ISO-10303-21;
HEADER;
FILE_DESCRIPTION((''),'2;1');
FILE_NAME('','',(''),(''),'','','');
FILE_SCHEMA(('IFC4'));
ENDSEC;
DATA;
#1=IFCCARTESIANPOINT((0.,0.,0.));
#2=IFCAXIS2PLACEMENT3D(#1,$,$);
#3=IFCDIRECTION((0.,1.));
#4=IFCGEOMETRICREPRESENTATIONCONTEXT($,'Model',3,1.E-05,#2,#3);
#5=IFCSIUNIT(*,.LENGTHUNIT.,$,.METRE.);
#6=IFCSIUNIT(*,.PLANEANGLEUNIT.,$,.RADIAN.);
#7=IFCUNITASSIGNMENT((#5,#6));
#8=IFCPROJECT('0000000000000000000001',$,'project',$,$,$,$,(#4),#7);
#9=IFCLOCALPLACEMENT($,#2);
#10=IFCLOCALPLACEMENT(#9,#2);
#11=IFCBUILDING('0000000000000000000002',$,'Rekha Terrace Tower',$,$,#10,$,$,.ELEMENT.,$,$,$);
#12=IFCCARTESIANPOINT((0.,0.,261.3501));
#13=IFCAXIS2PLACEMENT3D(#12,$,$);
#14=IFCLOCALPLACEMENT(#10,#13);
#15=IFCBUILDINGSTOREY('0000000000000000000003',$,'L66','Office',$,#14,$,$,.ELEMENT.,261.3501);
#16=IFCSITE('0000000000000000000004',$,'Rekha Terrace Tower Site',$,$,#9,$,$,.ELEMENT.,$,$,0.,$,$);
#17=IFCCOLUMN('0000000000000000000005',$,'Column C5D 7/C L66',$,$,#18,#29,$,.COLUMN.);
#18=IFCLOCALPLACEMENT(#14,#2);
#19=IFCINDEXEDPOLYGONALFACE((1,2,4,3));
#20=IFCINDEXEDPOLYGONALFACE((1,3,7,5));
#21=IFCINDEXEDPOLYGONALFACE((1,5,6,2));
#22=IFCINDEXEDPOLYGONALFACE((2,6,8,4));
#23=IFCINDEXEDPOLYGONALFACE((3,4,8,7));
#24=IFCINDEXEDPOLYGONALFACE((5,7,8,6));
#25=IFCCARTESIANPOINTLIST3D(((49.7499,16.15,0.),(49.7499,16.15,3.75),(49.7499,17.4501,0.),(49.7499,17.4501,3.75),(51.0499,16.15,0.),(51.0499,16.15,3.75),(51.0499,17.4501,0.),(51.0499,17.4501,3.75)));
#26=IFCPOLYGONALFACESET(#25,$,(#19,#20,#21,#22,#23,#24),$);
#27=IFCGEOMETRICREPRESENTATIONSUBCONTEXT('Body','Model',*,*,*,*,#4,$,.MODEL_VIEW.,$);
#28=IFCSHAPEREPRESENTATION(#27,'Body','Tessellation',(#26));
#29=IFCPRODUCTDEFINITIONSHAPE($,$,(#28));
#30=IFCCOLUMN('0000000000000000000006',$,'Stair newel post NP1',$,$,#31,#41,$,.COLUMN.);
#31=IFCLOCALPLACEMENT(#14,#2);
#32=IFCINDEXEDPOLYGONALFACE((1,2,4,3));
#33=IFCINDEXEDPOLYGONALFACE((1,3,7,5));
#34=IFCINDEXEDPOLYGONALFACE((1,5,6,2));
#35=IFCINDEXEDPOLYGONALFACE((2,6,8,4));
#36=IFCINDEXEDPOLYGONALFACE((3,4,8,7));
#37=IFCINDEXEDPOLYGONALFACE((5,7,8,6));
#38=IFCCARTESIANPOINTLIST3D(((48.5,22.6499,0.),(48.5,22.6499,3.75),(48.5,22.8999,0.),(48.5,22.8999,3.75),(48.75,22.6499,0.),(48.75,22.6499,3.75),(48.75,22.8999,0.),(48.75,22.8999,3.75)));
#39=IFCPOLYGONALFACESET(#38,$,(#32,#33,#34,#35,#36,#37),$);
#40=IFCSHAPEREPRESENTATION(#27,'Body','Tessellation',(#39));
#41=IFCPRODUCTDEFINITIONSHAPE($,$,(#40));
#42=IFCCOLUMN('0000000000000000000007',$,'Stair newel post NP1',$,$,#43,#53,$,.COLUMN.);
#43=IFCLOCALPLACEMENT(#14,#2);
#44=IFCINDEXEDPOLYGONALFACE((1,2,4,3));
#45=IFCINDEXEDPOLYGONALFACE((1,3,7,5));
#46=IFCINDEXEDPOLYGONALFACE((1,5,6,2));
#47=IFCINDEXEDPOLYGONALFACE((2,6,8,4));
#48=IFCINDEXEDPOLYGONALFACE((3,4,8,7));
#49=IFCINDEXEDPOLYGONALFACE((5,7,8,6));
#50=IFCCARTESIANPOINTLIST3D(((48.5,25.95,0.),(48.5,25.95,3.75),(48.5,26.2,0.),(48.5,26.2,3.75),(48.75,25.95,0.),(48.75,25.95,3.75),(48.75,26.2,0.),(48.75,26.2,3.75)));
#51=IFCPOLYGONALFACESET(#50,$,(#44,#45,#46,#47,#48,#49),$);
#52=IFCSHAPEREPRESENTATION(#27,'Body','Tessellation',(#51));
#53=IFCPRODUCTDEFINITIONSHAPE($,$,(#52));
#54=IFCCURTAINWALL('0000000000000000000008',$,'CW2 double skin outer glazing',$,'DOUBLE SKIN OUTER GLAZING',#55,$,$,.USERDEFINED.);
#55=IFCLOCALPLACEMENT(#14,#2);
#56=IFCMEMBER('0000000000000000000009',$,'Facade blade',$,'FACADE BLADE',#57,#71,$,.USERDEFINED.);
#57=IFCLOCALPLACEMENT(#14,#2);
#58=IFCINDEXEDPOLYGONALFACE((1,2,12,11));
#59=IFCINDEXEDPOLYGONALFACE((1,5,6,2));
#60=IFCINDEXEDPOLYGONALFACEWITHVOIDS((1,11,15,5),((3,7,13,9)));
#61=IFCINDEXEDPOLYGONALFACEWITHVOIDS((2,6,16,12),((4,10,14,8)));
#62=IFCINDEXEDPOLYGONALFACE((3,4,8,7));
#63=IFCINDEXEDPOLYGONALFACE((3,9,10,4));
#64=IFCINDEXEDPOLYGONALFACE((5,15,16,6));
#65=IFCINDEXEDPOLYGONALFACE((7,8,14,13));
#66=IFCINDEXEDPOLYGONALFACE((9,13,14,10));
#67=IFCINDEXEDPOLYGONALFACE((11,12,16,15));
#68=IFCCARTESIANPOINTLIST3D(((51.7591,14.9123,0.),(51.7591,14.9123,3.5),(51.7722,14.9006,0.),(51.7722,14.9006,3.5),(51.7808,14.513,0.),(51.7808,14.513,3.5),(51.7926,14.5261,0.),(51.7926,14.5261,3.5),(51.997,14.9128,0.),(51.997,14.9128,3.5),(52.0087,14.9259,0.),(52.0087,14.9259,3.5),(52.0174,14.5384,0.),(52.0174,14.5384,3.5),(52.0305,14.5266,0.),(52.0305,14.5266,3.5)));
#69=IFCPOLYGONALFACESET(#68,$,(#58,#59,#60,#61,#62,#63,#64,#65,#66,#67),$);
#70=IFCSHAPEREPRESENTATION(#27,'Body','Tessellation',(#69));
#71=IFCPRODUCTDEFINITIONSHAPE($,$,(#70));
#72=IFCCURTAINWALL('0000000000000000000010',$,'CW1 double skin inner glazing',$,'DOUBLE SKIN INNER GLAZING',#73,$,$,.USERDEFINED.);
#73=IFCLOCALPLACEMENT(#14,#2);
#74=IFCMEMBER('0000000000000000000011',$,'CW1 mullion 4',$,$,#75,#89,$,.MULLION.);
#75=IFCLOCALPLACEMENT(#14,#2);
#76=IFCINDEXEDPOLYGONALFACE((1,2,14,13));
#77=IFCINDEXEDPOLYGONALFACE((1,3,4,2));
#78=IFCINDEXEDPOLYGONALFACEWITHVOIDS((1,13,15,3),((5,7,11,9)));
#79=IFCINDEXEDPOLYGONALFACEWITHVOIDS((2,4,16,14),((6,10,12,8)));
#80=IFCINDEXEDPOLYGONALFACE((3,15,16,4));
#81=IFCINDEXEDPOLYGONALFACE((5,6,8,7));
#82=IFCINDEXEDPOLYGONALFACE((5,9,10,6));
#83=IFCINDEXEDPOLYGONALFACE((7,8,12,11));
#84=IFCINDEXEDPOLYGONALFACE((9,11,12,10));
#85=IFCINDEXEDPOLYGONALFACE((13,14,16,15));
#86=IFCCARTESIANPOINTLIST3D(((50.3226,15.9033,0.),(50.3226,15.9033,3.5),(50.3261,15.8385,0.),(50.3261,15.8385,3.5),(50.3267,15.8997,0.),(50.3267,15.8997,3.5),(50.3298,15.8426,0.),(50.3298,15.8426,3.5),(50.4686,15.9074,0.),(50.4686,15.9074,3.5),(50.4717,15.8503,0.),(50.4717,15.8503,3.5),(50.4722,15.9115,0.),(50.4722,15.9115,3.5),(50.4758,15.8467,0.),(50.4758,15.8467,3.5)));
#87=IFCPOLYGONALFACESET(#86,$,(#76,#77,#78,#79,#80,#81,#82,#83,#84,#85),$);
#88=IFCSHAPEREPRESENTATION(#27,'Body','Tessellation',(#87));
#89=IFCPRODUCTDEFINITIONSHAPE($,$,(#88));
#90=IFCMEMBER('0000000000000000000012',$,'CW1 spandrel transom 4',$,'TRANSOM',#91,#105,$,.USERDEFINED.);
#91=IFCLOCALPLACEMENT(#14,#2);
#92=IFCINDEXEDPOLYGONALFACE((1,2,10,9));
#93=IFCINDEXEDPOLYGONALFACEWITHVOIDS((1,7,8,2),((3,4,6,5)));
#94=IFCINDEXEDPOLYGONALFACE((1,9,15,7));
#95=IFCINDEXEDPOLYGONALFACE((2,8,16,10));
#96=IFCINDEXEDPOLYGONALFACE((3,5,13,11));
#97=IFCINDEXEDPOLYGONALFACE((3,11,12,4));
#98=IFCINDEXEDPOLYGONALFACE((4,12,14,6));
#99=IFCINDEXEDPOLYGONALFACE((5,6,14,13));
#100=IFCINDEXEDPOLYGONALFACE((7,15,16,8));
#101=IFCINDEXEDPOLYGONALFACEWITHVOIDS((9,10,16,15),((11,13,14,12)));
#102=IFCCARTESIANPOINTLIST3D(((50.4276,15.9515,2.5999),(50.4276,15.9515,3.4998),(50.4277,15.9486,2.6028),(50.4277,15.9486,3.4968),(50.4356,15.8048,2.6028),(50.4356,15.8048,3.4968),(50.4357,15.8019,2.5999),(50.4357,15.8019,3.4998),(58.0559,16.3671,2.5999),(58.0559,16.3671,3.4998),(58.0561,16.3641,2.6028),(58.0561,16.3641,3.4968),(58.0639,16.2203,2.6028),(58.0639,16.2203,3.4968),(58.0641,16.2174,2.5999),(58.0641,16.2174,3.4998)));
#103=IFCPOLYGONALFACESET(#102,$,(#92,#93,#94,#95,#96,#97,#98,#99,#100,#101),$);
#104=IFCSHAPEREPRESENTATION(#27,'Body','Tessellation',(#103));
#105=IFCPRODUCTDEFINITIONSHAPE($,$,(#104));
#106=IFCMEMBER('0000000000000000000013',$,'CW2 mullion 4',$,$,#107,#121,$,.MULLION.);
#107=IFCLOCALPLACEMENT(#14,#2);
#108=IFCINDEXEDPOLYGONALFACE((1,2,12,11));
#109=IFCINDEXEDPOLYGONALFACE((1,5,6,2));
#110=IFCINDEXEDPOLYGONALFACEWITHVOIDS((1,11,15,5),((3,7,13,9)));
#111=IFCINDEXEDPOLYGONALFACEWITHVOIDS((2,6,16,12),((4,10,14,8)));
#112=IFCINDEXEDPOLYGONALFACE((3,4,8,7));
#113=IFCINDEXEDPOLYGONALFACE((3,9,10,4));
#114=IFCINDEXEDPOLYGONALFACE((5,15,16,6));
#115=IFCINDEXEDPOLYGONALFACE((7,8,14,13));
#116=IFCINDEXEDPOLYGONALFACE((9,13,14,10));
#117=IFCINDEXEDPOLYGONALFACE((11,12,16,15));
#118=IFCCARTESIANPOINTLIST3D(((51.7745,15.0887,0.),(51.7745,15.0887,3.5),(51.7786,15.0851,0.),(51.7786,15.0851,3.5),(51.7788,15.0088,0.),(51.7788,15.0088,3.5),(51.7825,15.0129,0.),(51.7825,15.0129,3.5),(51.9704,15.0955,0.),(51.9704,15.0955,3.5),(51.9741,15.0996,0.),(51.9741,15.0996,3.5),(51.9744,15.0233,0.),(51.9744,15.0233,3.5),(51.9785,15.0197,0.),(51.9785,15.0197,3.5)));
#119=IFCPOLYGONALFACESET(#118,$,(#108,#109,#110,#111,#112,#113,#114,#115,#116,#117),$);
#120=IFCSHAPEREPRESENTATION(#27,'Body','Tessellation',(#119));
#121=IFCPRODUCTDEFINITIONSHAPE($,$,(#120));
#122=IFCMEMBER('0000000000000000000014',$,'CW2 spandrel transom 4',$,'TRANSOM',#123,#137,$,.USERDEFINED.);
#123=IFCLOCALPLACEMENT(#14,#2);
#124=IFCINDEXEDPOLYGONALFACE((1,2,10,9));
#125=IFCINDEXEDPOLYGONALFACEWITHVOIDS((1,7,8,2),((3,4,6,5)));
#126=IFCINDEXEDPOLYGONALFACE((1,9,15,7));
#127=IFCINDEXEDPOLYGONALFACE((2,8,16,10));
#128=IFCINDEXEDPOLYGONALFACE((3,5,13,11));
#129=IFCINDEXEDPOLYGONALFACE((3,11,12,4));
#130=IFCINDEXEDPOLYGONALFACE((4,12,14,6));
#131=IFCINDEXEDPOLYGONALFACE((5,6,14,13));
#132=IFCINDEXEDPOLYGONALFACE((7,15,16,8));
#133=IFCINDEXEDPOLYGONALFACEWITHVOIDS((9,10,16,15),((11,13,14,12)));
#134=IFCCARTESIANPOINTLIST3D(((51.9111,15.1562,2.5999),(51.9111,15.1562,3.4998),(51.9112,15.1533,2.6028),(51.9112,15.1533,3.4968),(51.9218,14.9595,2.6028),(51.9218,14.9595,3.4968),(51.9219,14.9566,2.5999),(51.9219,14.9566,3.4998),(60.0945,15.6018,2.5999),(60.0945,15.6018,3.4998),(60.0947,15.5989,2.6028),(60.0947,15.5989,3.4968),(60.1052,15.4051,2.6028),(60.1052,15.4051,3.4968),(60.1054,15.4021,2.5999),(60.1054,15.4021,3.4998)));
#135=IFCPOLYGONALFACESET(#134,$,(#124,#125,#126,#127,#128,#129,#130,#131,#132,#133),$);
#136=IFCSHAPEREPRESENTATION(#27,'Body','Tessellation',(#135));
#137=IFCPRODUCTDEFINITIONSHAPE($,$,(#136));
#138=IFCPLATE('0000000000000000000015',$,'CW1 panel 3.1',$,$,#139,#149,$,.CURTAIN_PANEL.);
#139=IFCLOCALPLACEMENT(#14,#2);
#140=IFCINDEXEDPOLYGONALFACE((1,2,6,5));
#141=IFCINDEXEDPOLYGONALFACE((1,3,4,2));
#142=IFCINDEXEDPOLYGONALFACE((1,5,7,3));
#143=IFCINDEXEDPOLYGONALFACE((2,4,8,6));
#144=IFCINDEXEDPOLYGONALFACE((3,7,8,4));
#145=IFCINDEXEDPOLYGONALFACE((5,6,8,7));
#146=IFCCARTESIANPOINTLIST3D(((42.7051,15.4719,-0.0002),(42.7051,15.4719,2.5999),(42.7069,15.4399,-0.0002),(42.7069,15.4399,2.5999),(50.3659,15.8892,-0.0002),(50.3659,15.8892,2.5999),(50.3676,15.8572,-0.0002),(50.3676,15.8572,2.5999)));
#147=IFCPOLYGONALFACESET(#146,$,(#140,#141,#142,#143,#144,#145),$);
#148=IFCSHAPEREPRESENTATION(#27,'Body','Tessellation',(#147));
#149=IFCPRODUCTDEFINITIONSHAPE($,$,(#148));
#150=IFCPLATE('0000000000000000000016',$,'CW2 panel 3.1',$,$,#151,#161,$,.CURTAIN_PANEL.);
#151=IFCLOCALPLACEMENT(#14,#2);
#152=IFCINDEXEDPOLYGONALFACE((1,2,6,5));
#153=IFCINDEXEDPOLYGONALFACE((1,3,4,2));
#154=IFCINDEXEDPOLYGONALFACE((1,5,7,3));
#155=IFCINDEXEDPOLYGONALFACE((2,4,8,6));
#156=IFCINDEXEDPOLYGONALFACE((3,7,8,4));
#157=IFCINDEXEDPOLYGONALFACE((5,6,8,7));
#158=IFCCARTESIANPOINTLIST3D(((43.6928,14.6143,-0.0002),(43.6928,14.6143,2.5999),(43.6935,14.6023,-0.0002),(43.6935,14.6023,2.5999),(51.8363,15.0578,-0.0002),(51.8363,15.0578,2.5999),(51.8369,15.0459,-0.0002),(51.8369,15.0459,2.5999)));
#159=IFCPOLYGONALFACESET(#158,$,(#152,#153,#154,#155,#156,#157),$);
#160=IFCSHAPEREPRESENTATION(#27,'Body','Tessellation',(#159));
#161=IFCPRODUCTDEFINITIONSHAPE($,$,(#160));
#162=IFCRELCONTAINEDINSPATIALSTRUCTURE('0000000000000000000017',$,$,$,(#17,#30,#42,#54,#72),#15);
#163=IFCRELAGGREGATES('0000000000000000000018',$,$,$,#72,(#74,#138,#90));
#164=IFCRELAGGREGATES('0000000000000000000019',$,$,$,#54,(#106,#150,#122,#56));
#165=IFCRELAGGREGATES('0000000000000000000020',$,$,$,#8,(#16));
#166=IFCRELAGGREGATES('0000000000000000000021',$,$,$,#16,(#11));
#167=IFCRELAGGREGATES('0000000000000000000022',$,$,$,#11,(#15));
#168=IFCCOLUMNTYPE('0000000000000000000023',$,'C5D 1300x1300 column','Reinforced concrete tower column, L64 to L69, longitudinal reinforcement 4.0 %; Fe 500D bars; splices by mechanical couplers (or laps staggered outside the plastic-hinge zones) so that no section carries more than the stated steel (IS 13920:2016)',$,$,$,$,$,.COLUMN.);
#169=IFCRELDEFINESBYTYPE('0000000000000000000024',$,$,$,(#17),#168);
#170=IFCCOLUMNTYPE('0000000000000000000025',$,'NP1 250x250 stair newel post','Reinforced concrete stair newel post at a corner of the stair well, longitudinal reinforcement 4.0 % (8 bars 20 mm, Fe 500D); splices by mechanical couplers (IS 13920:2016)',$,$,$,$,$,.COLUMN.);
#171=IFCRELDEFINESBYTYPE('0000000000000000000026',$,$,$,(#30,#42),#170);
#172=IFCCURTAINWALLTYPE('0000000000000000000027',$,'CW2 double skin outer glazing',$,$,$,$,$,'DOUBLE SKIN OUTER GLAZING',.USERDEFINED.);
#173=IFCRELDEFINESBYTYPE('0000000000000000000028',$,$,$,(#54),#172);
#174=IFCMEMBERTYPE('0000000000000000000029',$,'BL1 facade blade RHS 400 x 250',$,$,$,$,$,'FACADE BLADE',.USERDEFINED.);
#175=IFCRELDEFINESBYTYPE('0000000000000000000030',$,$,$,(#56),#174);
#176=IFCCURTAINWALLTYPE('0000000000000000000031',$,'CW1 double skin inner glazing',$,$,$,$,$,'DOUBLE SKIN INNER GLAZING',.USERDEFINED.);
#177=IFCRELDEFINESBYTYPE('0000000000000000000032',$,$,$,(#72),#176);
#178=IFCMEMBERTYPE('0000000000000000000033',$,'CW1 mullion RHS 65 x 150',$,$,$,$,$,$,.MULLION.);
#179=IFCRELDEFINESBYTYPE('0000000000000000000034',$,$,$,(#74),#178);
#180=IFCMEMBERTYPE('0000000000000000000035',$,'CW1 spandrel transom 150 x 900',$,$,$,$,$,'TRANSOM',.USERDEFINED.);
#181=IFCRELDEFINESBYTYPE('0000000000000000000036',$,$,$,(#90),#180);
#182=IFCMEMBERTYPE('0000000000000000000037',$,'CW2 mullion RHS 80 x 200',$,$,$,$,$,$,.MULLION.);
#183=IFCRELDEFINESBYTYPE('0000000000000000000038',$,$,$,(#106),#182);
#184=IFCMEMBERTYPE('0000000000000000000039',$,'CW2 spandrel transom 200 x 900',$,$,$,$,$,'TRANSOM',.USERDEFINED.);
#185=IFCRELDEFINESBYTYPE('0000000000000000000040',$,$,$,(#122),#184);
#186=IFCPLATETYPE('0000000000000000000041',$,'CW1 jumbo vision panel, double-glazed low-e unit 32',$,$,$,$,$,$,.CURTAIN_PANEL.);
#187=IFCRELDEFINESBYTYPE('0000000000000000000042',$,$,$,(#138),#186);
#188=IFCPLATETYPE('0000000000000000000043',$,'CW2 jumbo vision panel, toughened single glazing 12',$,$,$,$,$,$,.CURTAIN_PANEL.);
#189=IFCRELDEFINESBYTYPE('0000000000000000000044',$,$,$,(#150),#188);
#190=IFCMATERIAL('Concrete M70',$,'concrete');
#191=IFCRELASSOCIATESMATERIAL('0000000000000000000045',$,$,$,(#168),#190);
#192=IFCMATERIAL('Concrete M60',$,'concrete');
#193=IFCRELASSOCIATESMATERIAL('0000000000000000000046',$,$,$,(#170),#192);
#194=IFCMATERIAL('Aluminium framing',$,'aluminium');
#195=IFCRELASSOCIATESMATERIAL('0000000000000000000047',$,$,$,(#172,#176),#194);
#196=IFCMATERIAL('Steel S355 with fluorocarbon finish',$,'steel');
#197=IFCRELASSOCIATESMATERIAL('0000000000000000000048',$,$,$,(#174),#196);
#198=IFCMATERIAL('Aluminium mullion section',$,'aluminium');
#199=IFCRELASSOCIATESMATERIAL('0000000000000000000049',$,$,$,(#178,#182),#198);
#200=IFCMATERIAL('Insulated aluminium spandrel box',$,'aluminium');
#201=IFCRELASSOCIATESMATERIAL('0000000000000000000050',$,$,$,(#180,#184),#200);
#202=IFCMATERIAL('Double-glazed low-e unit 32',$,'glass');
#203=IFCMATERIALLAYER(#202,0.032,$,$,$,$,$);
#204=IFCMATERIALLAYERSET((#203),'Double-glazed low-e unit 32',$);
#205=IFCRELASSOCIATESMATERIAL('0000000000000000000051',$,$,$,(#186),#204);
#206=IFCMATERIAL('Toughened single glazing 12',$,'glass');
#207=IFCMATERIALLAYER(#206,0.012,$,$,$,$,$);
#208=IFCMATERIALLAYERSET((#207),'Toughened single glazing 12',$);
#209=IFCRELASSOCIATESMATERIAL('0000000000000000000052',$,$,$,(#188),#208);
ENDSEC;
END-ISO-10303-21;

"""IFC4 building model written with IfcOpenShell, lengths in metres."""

from ifc_helpers import new_model, si_unit, direction, frame, origin, origin_2d, place, context, subcontext, project, spatial, rectangle, hollow_rectangle, extrude, material, layer, layer_set, material_profile, profile_set, type_object, element, aggregate, save


model = new_model("IFC4")

# Units and contexts
model_context = context("Model", 3, precision=1e-05, world=origin(), true_north=direction((0.0, 1.0)))
body_context = subcontext(model_context, "Body", "Model", "MODEL_VIEW")
ifc_project = project(units=[si_unit("LENGTHUNIT", "METRE"), si_unit("PLANEANGLEUNIT", "RADIAN")], contexts=[model_context])

# Site, building, storey
site_placement = place(None, origin())
site = spatial("IfcSite", under=ifc_project, at=site_placement, Name="Rekha Terrace Tower Site", CompositionType="ELEMENT", RefElevation=0.0)
building_placement = place(site_placement, origin())
building = spatial("IfcBuilding", under=site, at=building_placement, Name="Rekha Terrace Tower", CompositionType="ELEMENT")
storey_placement = place(building_placement, frame((0.0, 0.0, 261.3501)))
storey = spatial("IfcBuildingStorey", under=building, at=storey_placement, Name="L66", Description="Office", CompositionType="ELEMENT", Elevation=261.3501)

# Columns
ifc_material_1 = material(Name="Concrete M70", Category="concrete")
ifc_material_profile_1 = material_profile(ifc_material_1, rectangle(XDim=1.3, YDim=1.3, at=origin_2d()), Name="RC 1300x1300")
ifc_profile_set_1 = profile_set([ifc_material_profile_1], Name="Concrete M70")
column_type_1 = type_object("IfcColumnType", Name="C5D 1300x1300 column", Description="Reinforced concrete tower column, L64 to L69, longitudinal reinforcement 4.0 %; Fe 500D bars; splices by mechanical couplers (or laps staggered outside the plastic-hinge zones) so that no section carries more than the stated steel (IS 13920:2016)", PredefinedType="COLUMN", material=ifc_profile_set_1)
column_placement = place(storey_placement, frame((50.3999, 16.8, 0.0), z_axis=(0.0, 0.0, 1.0), x_axis=(1.0, 0.0, 0.0)))
element("IfcColumn", 1, at=column_placement, inside=storey, type_object=column_type_1, Name="Column C5D 7/C L66", PredefinedType="COLUMN", context=body_context, shape_type="SweptSolid", body=[
    extrude(rectangle(XDim=1.3, YDim=1.3, at=origin_2d()), origin(), (0.0, 0.0, 1.0), 3.75),
])
ifc_material_2 = material(Name="Concrete M60", Category="concrete")
ifc_material_profile_2 = material_profile(ifc_material_2, rectangle(XDim=0.25, YDim=0.25, at=origin_2d()), Name="RC 250x250")
ifc_profile_set_2 = profile_set([ifc_material_profile_2], Name="Concrete M60")
column_type_2 = type_object("IfcColumnType", Name="NP1 250x250 stair newel post", Description="Reinforced concrete stair newel post at a corner of the stair well, longitudinal reinforcement 4.0 % (8 bars 20 mm, Fe 500D); splices by mechanical couplers (IS 13920:2016)", PredefinedType="COLUMN", material=ifc_profile_set_2)
for number, where, z_axis, x_axis, name in (
    (2, (48.625, 22.7749, 0.0), (0.0, 0.0, 1.0), (1.0, 0.0, 0.0), "Stair newel post NP1"),
    (3, (48.625, 26.075, 0.0), (0.0, 0.0, 1.0), (1.0, 0.0, 0.0), "Stair newel post NP1"),
):
    element("IfcColumn", number, at=place(storey_placement, frame(where, z_axis=z_axis, x_axis=x_axis)), inside=storey, type_object=column_type_2, Name=name, PredefinedType="COLUMN", context=body_context, shape_type="SweptSolid", body=[
        extrude(rectangle(XDim=0.25, YDim=0.25, at=origin_2d()), origin(), (0.0, 0.0, 1.0), 3.75),
    ])

# Curtain wall, member
ifc_material_3 = material(Name="Aluminium framing", Category="aluminium")
curtain_wall_type_1 = type_object("IfcCurtainWallType", Name="CW2 double skin outer glazing", ElementType="DOUBLE SKIN OUTER GLAZING", PredefinedType="USERDEFINED", material=ifc_material_3)
curtain_wall_1_placement = place(storey_placement, origin())
curtain_wall_1 = element("IfcCurtainWall", 4, at=curtain_wall_1_placement, inside=storey, type_object=curtain_wall_type_1, Name="CW2 double skin outer glazing", ObjectType="DOUBLE SKIN OUTER GLAZING", PredefinedType="USERDEFINED")
ifc_material_4 = material(Name="Steel S355 with fluorocarbon finish", Category="steel")
ifc_material_profile_3 = material_profile(ifc_material_4, hollow_rectangle(XDim=0.25, YDim=0.3999, WallThickness=0.0125, at=origin_2d()), Name="RHS400x250x12.5")
ifc_profile_set_3 = profile_set([ifc_material_profile_3], Name="Steel S355 with fluorocarbon finish")
member_type_1 = type_object("IfcMemberType", Name="BL1 facade blade RHS 400 x 250", ElementType="FACADE BLADE", PredefinedType="USERDEFINED", material=ifc_profile_set_3)
member_1_placement = place(storey_placement, frame((51.8948, 14.7195, 0.0), z_axis=(0.0, 0.0, 1.0), x_axis=(0.99852, 0.054389, 0.0)))
member_1 = element("IfcMember", 5, at=member_1_placement, type_object=member_type_1, Name="Facade blade", ObjectType="FACADE BLADE", PredefinedType="USERDEFINED", context=body_context, shape_type="SweptSolid", body=[
    extrude(hollow_rectangle(XDim=0.25, YDim=0.3999, WallThickness=0.0125, at=origin_2d()), origin(), (0.0, 0.0, 1.0), 3.5),
])

# Curtain wall, members
curtain_wall_type_2 = type_object("IfcCurtainWallType", Name="CW1 double skin inner glazing", ElementType="DOUBLE SKIN INNER GLAZING", PredefinedType="USERDEFINED", material=ifc_material_3)
curtain_wall_2_placement = place(storey_placement, origin())
curtain_wall_2 = element("IfcCurtainWall", 6, at=curtain_wall_2_placement, inside=storey, type_object=curtain_wall_type_2, Name="CW1 double skin inner glazing", ObjectType="DOUBLE SKIN INNER GLAZING", PredefinedType="USERDEFINED")
ifc_material_5 = material(Name="Aluminium mullion section", Category="aluminium")
ifc_material_profile_4 = material_profile(ifc_material_5, hollow_rectangle(XDim=0.0649, YDim=0.1499, WallThickness=0.0039, at=origin_2d()), Name="AL RHS 65x150")
ifc_profile_set_4 = profile_set([ifc_material_profile_4], Name="Aluminium mullion section")
member_type_2 = type_object("IfcMemberType", Name="CW1 mullion RHS 65 x 150", PredefinedType="MULLION", material=ifc_profile_set_4)
member_2_placement = place(storey_placement, frame((50.3992, 15.875, 0.0), z_axis=(0.0, 0.0, 1.0), x_axis=(-0.054389, 0.99852, 0.0)))
member_2 = element("IfcMember", 7, at=member_2_placement, type_object=member_type_2, Name="CW1 mullion 4", PredefinedType="MULLION", context=body_context, shape_type="SweptSolid", body=[
    extrude(hollow_rectangle(XDim=0.0649, YDim=0.1499, WallThickness=0.0039, at=origin_2d()), origin(), (0.0, 0.0, 1.0), 3.5),
])
ifc_material_6 = material(Name="Insulated aluminium spandrel box", Category="aluminium")
ifc_material_profile_5 = material_profile(ifc_material_6, hollow_rectangle(XDim=0.1499, YDim=0.8999, WallThickness=0.0029, at=origin_2d()), Name="AL SPANDREL BOX 150x900")
ifc_profile_set_5 = profile_set([ifc_material_profile_5], Name="Insulated aluminium spandrel box")
member_type_3 = type_object("IfcMemberType", Name="CW1 spandrel transom 150 x 900", ElementType="TRANSOM", PredefinedType="USERDEFINED", material=ifc_profile_set_5)
member_3_placement = place(storey_placement, frame((50.4316, 15.8767, 3.0498), z_axis=(0.99852, 0.05439, 0.0), x_axis=(-0.05439, 0.99852, 0.0)))
member_3 = element("IfcMember", 8, at=member_3_placement, type_object=member_type_3, Name="CW1 spandrel transom 4", ObjectType="TRANSOM", PredefinedType="USERDEFINED", context=body_context, shape_type="SweptSolid", body=[
    extrude(hollow_rectangle(XDim=0.1499, YDim=0.8999, WallThickness=0.0029, at=origin_2d()), origin(), (0.0, 0.0, 1.0), 7.6396),
])

# Members
ifc_material_profile_6 = material_profile(ifc_material_5, hollow_rectangle(XDim=0.0801, YDim=0.2, WallThickness=0.0039, at=origin_2d()), Name="AL RHS 80x200")
ifc_profile_set_6 = profile_set([ifc_material_profile_6], Name="Aluminium mullion section")
member_type_4 = type_object("IfcMemberType", Name="CW2 mullion RHS 80 x 200", PredefinedType="MULLION", material=ifc_profile_set_6)
member_4_placement = place(storey_placement, frame((51.8765, 15.0542, 0.0), z_axis=(0.0, 0.0, 1.0), x_axis=(-0.054389, 0.99852, 0.0)))
member_4 = element("IfcMember", 9, at=member_4_placement, type_object=member_type_4, Name="CW2 mullion 4", PredefinedType="MULLION", context=body_context, shape_type="SweptSolid", body=[
    extrude(hollow_rectangle(XDim=0.0801, YDim=0.2, WallThickness=0.0039, at=origin_2d()), origin(), (0.0, 0.0, 1.0), 3.5),
])
ifc_material_profile_7 = material_profile(ifc_material_6, hollow_rectangle(XDim=0.2, YDim=0.8999, WallThickness=0.0029, at=origin_2d()), Name="AL SPANDREL BOX 200x900")
ifc_profile_set_7 = profile_set([ifc_material_profile_7], Name="Insulated aluminium spandrel box")
member_type_5 = type_object("IfcMemberType", Name="CW2 spandrel transom 200 x 900", ElementType="TRANSOM", PredefinedType="USERDEFINED", material=ifc_profile_set_7)
member_5_placement = place(storey_placement, frame((51.9165, 15.0564, 3.0498), z_axis=(0.998521, 0.054366, 0.0), x_axis=(-0.054366, 0.998521, 0.0)))
member_5 = element("IfcMember", 10, at=member_5_placement, type_object=member_type_5, Name="CW2 spandrel transom 4", ObjectType="TRANSOM", PredefinedType="USERDEFINED", context=body_context, shape_type="SweptSolid", body=[
    extrude(hollow_rectangle(XDim=0.2, YDim=0.8999, WallThickness=0.0029, at=origin_2d()), origin(), (0.0, 0.0, 1.0), 8.1956),
])

# Plates
ifc_material_7 = material(Name="Double-glazed low-e unit 32", Category="glass")
ifc_layer_1 = layer(ifc_material_7, 0.032)
ifc_layer_set_1 = layer_set([ifc_layer_1], Name="Double-glazed low-e unit 32")
plate_type_1 = type_object("IfcPlateType", Name="CW1 jumbo vision panel, double-glazed low-e unit 32", PredefinedType="CURTAIN_PANEL", material=ifc_layer_set_1)
plate_1_placement = place(storey_placement, frame((46.5364, 15.6646, -0.0002), z_axis=(0.0, 0.0, 1.0), x_axis=(0.99852, 0.054389, 0.0)))
plate_1 = element("IfcPlate", 11, at=plate_1_placement, type_object=plate_type_1, Name="CW1 panel 3.1", PredefinedType="CURTAIN_PANEL", context=body_context, shape_type="SweptSolid", body=[
    extrude(rectangle(XDim=7.6721, YDim=0.032, at=origin_2d()), origin(), (0.0, 0.0, 1.0), 2.6001),
])
aggregate(curtain_wall_2, [member_2, plate_1, member_3])
ifc_material_8 = material(Name="Toughened single glazing 12", Category="glass")
ifc_layer_2 = layer(ifc_material_8, 0.012)
ifc_layer_set_2 = layer_set([ifc_layer_2], Name="Toughened single glazing 12")
plate_type_2 = type_object("IfcPlateType", Name="CW2 jumbo vision panel, toughened single glazing 12", PredefinedType="CURTAIN_PANEL", material=ifc_layer_set_2)
plate_2_placement = place(storey_placement, frame((47.7649, 14.8301, -0.0002), z_axis=(0.0, 0.0, 1.0), x_axis=(0.99852, 0.054389, 0.0)))
plate_2 = element("IfcPlate", 12, at=plate_2_placement, type_object=plate_type_2, Name="CW2 panel 3.1", PredefinedType="CURTAIN_PANEL", context=body_context, shape_type="SweptSolid", body=[
    extrude(rectangle(XDim=8.1555, YDim=0.012, at=origin_2d()), origin(), (0.0, 0.0, 1.0), 2.6001),
])
aggregate(curtain_wall_1, [member_4, plate_2, member_5, member_1])

save(model, "model.ifc")
